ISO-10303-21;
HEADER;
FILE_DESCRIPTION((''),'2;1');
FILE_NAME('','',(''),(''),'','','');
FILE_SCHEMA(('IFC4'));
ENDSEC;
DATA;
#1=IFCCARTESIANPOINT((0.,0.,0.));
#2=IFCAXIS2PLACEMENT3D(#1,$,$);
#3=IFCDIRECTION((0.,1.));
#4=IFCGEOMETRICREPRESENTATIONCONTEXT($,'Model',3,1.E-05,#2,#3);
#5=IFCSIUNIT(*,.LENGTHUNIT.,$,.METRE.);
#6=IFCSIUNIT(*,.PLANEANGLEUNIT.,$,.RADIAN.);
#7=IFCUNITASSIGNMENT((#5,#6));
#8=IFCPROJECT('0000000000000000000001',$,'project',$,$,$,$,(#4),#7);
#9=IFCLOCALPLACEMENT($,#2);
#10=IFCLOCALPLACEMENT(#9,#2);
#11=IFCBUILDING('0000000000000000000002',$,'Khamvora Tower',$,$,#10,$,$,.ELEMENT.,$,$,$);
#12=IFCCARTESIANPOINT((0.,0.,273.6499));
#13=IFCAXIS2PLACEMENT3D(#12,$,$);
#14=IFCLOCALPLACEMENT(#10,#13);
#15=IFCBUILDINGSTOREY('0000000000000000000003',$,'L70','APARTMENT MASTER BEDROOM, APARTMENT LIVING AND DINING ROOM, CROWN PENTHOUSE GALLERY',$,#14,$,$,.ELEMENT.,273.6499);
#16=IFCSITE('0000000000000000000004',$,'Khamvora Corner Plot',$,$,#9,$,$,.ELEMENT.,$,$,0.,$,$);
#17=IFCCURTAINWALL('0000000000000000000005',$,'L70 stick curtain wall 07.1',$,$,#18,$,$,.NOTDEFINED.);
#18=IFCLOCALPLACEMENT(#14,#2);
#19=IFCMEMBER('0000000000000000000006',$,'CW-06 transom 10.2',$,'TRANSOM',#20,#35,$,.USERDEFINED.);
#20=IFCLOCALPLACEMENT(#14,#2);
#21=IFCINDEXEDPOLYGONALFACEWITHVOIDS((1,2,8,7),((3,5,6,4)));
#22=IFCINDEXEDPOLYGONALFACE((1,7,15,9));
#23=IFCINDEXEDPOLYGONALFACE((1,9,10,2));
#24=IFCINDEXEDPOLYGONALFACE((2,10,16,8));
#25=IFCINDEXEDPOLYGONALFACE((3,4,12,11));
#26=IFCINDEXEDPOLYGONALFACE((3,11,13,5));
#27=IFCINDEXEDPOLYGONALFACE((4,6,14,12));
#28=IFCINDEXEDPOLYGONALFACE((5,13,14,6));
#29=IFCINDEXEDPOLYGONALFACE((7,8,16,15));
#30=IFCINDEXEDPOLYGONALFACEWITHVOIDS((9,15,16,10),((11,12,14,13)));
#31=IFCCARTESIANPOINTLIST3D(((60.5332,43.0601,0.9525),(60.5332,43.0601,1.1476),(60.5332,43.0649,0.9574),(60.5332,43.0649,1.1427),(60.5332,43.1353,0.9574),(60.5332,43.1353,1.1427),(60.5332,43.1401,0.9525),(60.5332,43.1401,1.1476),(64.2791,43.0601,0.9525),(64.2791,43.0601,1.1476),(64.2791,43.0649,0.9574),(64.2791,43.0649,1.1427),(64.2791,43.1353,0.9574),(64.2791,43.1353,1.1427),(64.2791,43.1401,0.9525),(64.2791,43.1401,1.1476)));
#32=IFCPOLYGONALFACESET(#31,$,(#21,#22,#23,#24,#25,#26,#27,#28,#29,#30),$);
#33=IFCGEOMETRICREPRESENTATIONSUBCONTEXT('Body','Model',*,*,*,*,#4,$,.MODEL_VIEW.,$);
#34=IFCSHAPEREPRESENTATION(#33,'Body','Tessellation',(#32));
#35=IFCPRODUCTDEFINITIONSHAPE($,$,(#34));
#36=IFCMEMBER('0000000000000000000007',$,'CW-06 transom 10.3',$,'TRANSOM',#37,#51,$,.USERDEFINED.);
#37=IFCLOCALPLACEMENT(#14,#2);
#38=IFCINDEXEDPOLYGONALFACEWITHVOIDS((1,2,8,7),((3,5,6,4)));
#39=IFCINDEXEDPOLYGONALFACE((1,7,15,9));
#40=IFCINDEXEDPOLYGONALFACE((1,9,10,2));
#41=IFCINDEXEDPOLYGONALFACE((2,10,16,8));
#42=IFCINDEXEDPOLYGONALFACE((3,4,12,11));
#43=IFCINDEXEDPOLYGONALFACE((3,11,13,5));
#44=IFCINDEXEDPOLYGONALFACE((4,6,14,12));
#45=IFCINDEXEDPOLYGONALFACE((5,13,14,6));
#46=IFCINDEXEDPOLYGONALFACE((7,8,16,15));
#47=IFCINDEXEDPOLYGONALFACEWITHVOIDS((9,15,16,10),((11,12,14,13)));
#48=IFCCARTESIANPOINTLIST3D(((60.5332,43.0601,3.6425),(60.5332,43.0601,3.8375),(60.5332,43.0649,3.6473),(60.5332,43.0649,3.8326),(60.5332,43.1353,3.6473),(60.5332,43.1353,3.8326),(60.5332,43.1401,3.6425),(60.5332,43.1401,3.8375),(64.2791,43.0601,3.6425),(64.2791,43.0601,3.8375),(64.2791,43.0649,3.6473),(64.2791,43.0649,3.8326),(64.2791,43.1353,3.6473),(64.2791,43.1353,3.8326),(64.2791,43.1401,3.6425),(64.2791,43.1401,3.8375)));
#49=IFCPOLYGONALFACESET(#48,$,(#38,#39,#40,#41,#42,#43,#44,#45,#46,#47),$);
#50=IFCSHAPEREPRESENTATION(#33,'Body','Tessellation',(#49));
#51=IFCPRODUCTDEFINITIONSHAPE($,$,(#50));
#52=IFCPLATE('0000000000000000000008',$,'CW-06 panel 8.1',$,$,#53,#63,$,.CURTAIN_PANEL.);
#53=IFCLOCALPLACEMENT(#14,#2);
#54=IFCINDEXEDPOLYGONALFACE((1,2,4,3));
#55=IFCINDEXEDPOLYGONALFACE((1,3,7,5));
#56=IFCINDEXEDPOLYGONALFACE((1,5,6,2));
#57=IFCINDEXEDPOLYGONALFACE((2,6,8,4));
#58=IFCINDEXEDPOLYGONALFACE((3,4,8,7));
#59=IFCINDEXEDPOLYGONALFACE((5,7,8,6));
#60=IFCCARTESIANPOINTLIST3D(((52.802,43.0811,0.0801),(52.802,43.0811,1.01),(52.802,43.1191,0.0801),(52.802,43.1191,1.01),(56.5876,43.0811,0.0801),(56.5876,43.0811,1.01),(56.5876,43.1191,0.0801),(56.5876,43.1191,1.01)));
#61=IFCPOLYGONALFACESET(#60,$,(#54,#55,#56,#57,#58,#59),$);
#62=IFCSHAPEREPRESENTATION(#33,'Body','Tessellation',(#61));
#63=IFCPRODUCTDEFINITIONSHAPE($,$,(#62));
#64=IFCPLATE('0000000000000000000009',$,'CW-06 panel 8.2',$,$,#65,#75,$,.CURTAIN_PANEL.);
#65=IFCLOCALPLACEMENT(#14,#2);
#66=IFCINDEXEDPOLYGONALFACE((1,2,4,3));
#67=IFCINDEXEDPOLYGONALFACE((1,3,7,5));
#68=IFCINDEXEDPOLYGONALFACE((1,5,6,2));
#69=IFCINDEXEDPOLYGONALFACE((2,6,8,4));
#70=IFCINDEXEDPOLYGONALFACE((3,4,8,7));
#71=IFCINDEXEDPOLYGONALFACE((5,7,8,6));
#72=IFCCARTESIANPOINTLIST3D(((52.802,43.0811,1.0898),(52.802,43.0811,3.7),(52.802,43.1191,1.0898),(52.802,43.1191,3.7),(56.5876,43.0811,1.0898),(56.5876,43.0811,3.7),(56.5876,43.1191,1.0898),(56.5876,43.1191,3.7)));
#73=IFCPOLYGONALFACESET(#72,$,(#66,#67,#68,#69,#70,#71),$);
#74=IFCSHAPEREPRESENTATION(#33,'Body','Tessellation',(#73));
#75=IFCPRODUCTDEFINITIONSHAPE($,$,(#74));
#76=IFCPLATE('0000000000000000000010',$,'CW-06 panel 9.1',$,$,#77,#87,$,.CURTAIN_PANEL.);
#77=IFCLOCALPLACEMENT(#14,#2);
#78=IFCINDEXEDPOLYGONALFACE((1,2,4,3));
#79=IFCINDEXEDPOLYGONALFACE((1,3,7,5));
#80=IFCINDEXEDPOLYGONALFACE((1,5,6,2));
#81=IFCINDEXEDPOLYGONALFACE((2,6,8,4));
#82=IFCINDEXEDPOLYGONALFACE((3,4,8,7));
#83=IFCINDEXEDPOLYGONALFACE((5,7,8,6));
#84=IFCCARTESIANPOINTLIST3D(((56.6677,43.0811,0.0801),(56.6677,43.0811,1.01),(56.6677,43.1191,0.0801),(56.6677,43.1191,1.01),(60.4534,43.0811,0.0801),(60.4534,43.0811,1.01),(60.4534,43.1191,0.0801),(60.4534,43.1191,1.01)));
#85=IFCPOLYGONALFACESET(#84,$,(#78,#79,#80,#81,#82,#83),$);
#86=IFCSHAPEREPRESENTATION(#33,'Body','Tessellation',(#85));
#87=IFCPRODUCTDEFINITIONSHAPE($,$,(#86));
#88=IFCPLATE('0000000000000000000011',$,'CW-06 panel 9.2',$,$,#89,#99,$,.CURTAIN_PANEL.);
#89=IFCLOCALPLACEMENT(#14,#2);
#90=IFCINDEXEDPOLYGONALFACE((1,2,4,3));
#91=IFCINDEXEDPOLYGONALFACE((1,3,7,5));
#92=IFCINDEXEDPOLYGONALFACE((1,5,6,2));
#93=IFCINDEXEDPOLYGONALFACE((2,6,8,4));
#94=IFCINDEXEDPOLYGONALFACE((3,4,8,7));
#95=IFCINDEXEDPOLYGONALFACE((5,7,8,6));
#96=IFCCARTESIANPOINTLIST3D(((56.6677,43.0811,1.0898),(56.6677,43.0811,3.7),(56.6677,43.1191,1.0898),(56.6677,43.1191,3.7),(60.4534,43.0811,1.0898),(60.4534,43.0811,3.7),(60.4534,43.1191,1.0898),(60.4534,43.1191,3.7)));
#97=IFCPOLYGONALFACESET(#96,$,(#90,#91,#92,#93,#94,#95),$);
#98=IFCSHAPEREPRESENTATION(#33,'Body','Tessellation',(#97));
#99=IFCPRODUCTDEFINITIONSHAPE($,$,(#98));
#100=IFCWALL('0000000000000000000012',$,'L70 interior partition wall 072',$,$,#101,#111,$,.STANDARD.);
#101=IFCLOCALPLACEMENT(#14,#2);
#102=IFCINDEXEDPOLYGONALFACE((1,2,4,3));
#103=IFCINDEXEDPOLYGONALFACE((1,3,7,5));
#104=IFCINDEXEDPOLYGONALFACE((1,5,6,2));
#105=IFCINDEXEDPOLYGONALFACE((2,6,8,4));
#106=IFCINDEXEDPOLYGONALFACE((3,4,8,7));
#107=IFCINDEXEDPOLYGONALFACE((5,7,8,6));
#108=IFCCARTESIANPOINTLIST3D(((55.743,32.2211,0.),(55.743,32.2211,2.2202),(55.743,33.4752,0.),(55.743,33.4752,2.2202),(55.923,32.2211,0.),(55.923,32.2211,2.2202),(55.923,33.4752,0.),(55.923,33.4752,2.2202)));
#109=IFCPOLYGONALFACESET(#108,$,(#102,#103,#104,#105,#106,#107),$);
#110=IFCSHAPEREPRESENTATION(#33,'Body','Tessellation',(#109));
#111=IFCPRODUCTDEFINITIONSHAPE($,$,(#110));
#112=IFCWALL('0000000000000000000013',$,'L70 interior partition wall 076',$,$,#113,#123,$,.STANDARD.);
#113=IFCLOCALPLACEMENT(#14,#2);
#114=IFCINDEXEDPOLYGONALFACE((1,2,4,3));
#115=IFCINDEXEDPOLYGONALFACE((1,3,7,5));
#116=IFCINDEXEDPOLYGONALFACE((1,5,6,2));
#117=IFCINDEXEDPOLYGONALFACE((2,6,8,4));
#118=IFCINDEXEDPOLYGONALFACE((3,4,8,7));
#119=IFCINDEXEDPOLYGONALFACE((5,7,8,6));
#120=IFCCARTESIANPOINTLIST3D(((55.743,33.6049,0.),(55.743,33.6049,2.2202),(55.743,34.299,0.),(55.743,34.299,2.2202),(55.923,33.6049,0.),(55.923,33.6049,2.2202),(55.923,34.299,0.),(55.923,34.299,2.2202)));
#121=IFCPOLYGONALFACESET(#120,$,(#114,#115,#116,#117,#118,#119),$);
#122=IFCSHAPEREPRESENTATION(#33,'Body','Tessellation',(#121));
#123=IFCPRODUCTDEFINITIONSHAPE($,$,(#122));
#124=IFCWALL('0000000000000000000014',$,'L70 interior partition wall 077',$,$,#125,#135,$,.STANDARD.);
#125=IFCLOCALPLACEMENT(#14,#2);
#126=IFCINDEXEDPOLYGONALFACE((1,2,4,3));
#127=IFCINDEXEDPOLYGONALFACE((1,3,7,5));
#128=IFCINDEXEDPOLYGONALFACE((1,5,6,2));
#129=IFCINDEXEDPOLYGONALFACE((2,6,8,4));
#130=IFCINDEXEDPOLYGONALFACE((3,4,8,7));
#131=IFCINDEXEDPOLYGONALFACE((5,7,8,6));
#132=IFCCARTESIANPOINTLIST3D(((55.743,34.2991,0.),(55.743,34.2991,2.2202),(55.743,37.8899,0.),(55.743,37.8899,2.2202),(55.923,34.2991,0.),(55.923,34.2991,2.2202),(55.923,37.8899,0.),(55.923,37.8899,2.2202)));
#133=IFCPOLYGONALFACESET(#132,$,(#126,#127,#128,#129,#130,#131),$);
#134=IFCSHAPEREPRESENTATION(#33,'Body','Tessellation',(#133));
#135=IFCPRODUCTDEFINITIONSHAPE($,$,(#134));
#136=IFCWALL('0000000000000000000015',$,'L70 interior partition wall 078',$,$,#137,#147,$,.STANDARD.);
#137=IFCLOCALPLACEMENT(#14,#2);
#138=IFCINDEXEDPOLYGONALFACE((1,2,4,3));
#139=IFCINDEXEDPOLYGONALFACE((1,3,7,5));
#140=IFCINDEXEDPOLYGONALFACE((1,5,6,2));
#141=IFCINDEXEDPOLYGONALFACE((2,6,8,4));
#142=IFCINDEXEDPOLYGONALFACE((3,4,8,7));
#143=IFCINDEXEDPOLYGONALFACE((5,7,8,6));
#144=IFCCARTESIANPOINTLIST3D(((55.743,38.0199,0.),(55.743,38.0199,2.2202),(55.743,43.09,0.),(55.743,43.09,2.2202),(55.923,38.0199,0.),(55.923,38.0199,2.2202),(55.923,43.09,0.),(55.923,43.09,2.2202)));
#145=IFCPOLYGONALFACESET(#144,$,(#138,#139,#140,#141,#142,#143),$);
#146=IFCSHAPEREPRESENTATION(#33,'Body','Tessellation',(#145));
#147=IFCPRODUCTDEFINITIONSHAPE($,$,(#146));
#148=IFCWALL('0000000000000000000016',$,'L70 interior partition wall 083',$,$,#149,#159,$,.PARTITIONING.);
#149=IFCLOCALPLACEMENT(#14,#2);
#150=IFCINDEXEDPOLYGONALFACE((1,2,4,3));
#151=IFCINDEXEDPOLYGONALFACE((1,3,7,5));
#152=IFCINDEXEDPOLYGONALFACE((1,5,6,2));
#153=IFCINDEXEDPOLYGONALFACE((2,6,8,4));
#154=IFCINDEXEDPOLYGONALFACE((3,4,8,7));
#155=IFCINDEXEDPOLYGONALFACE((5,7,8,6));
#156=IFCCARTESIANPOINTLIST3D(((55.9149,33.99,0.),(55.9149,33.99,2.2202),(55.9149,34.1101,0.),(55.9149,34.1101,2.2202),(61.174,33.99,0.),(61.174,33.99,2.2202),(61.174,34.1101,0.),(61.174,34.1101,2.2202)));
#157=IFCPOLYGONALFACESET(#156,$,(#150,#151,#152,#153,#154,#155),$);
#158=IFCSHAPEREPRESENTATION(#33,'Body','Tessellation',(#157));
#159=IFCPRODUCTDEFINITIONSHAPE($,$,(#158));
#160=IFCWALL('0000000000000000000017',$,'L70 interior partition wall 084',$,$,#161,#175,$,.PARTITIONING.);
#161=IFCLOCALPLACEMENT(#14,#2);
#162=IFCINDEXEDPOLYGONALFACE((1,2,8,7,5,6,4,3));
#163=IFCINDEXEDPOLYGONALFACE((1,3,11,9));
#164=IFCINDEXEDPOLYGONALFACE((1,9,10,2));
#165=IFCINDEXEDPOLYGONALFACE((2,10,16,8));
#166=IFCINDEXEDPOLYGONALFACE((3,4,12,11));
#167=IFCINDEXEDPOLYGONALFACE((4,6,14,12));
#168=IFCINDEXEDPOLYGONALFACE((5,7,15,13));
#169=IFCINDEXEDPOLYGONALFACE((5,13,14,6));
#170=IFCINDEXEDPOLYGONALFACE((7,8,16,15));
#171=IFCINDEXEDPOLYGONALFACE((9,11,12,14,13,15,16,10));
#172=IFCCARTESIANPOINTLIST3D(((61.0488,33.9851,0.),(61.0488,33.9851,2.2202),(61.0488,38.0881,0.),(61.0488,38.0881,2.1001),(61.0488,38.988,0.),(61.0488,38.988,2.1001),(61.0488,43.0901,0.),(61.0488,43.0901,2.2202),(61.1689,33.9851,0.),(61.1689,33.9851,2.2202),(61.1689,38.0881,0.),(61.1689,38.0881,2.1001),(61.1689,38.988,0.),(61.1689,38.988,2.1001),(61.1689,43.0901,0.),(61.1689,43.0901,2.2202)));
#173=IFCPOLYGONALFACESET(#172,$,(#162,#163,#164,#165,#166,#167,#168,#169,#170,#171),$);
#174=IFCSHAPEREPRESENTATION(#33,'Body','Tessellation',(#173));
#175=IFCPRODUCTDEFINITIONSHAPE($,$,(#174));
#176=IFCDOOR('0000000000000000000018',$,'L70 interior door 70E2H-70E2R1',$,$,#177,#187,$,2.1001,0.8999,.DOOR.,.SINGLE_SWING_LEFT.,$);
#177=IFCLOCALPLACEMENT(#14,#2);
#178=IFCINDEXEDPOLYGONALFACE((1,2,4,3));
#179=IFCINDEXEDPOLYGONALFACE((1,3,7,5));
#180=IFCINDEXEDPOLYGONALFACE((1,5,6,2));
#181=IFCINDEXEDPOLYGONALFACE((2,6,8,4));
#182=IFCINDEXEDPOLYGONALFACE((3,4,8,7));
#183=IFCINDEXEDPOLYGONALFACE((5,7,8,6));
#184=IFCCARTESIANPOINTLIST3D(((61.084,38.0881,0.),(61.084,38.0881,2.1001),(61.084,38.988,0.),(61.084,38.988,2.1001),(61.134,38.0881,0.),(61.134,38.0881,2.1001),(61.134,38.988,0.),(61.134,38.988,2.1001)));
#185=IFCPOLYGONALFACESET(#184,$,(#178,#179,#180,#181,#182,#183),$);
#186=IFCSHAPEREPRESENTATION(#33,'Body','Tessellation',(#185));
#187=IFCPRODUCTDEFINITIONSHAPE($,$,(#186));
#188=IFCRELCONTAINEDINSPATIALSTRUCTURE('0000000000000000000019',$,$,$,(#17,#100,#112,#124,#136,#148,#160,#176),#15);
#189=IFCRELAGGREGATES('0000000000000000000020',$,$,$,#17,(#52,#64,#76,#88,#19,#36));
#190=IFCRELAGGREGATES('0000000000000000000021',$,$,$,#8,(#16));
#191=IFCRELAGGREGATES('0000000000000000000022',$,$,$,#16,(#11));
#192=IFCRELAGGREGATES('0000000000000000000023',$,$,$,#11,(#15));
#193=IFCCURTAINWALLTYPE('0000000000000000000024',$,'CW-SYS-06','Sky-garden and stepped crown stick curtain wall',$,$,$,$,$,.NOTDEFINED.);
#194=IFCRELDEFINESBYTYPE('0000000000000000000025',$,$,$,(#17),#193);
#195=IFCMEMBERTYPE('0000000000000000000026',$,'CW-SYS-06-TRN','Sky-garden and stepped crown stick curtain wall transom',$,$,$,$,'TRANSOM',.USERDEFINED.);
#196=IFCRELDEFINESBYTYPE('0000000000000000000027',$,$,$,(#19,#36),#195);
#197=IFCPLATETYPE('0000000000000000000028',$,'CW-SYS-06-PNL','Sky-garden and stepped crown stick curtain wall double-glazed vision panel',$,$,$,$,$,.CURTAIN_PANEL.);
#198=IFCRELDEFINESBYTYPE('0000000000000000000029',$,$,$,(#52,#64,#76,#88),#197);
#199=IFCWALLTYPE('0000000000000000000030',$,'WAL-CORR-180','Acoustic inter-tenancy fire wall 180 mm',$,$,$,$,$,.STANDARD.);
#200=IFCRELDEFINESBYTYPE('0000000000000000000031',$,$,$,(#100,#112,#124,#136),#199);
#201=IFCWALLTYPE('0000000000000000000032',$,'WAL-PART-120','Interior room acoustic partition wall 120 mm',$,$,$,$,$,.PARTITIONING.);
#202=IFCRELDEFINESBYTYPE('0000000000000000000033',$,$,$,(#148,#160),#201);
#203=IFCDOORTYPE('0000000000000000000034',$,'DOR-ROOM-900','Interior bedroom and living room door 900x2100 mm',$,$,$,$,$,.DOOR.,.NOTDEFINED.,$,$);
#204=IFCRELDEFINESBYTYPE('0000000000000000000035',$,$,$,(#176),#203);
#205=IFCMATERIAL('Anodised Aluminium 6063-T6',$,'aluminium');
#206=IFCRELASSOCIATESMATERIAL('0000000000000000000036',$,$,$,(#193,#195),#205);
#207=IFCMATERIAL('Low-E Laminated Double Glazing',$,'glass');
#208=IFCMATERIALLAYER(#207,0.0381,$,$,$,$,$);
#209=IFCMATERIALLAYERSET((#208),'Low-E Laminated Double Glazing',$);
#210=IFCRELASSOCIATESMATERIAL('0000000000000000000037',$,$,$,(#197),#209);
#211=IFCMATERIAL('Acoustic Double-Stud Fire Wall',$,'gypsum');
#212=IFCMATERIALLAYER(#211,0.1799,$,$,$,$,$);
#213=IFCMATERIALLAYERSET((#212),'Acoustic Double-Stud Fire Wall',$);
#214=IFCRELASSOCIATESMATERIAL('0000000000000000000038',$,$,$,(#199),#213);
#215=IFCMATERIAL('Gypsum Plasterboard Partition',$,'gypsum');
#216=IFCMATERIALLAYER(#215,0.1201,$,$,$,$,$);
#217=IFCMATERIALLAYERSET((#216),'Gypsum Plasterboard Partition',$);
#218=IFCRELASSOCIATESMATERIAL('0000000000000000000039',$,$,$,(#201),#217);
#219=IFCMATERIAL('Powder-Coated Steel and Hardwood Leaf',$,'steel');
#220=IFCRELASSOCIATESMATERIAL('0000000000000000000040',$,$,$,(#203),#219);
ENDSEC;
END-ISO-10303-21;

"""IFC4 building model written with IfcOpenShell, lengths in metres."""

from ifc_helpers import new_model, si_unit, direction, frame, frame_2d, origin, origin_2d, place, context, subcontext, project, spatial, rectangle, hollow_rectangle, extrude, material, layer, layer_set, material_profile, profile_set, type_object, element, fill, aggregate, save


model = new_model("IFC4")

# Units and contexts
model_context = context("Model", 3, precision=1e-05, world=origin(), true_north=direction((0.0, 1.0)))
body_context = subcontext(model_context, "Body", "Model", "MODEL_VIEW")
ifc_project = project(units=[si_unit("LENGTHUNIT", "METRE"), si_unit("PLANEANGLEUNIT", "RADIAN")], contexts=[model_context])

# Site, building, storey
site_placement = place(None, origin())
site = spatial("IfcSite", under=ifc_project, at=site_placement, Name="Khamvora Corner Plot", CompositionType="ELEMENT", RefElevation=0.0)
building_placement = place(site_placement, origin())
building = spatial("IfcBuilding", under=site, at=building_placement, Name="Khamvora Tower", CompositionType="ELEMENT")
storey_placement = place(building_placement, frame((0.0, 0.0, 273.6499)))
storey = spatial("IfcBuildingStorey", under=building, at=storey_placement, Name="L70", Description="APARTMENT MASTER BEDROOM, APARTMENT LIVING AND DINING ROOM, CROWN PENTHOUSE GALLERY", CompositionType="ELEMENT", Elevation=273.6499)

# Curtain wall, members, plates
ifc_material_1 = material(Name="Anodised Aluminium 6063-T6", Category="aluminium")
curtain_wall_type = type_object("IfcCurtainWallType", Name="CW-SYS-06", Description="Sky-garden and stepped crown stick curtain wall", PredefinedType="NOTDEFINED", material=ifc_material_1)
curtain_wall_placement = place(storey_placement, origin())
curtain_wall = element("IfcCurtainWall", 1, at=curtain_wall_placement, inside=storey, type_object=curtain_wall_type, Name="L70 stick curtain wall 07.1", PredefinedType="NOTDEFINED")
ifc_material_profile_1 = material_profile(ifc_material_1, hollow_rectangle(XDim=0.0801, YDim=0.1951, WallThickness=0.0049, at=origin_2d()), Name="TRN80x195x5")
ifc_profile_set_1 = profile_set([ifc_material_profile_1], Name="Anodised Aluminium 6063-T6")
member_type_1 = type_object("IfcMemberType", Name="CW-SYS-06-TRN", Description="Sky-garden and stepped crown stick curtain wall transom", ElementType="TRANSOM", PredefinedType="USERDEFINED", material=ifc_profile_set_1)
member_1_placement = place(storey_placement, frame((60.5332, 43.1001, 1.05), z_axis=(1.0, 0.0, 0.0), x_axis=(0.0, 1.0, 0.0)))
member_1 = element("IfcMember", 2, at=member_1_placement, type_object=member_type_1, Name="CW-06 transom 10.2", ObjectType="TRANSOM", PredefinedType="USERDEFINED", context=body_context, shape_type="SweptSolid", body=[
    extrude(hollow_rectangle(XDim=0.0801, YDim=0.1951, WallThickness=0.0049, at=origin_2d()), origin(), (0.0, 0.0, 1.0), 3.7458),
])
member_2_placement = place(storey_placement, frame((60.5332, 43.1001, 3.74), z_axis=(1.0, 0.0, 0.0), x_axis=(0.0, 1.0, 0.0)))
member_2 = element("IfcMember", 3, at=member_2_placement, type_object=member_type_1, Name="CW-06 transom 10.3", ObjectType="TRANSOM", PredefinedType="USERDEFINED", context=body_context, shape_type="SweptSolid", body=[
    extrude(hollow_rectangle(XDim=0.0801, YDim=0.1951, WallThickness=0.0049, at=origin_2d()), origin(), (0.0, 0.0, 1.0), 3.7458),
])
ifc_material_2 = material(Name="Low-E Laminated Double Glazing", Category="glass")
ifc_layer_1 = layer(ifc_material_2, 0.0381)
ifc_layer_set_1 = layer_set([ifc_layer_1], Name="Low-E Laminated Double Glazing")
plate_type = type_object("IfcPlateType", Name="CW-SYS-06-PNL", Description="Sky-garden and stepped crown stick curtain wall double-glazed vision panel", PredefinedType="CURTAIN_PANEL", material=ifc_layer_set_1)
plate_1_placement = place(storey_placement, frame((54.6948, 43.1001, 0.0801), z_axis=(0.0, 0.0, 1.0), x_axis=(1.0, 0.0, 0.0)))
plate_1 = element("IfcPlate", 4, at=plate_1_placement, type_object=plate_type, Name="CW-06 panel 8.1", PredefinedType="CURTAIN_PANEL", context=body_context, shape_type="SweptSolid", body=[
    extrude(rectangle(XDim=3.7856, YDim=0.0381, at=origin_2d()), origin(), (0.0, 0.0, 1.0), 0.9299),
])
plate_2_placement = place(storey_placement, frame((54.6948, 43.1001, 1.0898), z_axis=(0.0, 0.0, 1.0), x_axis=(1.0, 0.0, 0.0)))
plate_2 = element("IfcPlate", 5, at=plate_2_placement, type_object=plate_type, Name="CW-06 panel 8.2", PredefinedType="CURTAIN_PANEL", context=body_context, shape_type="SweptSolid", body=[
    extrude(rectangle(XDim=3.7856, YDim=0.0381, at=origin_2d()), origin(), (0.0, 0.0, 1.0), 2.6101),
])
plate_3_placement = place(storey_placement, frame((58.5605, 43.1001, 0.0801), z_axis=(0.0, 0.0, 1.0), x_axis=(1.0, 0.0, 0.0)))
plate_3 = element("IfcPlate", 6, at=plate_3_placement, type_object=plate_type, Name="CW-06 panel 9.1", PredefinedType="CURTAIN_PANEL", context=body_context, shape_type="SweptSolid", body=[
    extrude(rectangle(XDim=3.7856, YDim=0.0381, at=origin_2d()), origin(), (0.0, 0.0, 1.0), 0.9299),
])
plate_4_placement = place(storey_placement, frame((58.5605, 43.1001, 1.0898), z_axis=(0.0, 0.0, 1.0), x_axis=(1.0, 0.0, 0.0)))
plate_4 = element("IfcPlate", 7, at=plate_4_placement, type_object=plate_type, Name="CW-06 panel 9.2", PredefinedType="CURTAIN_PANEL", context=body_context, shape_type="SweptSolid", body=[
    extrude(rectangle(XDim=3.7856, YDim=0.0381, at=origin_2d()), origin(), (0.0, 0.0, 1.0), 2.6101),
])
aggregate(curtain_wall, [plate_1, plate_2, plate_3, plate_4, member_1, member_2])

# Walls
ifc_material_3 = material(Name="Acoustic Double-Stud Fire Wall", Category="gypsum")
ifc_layer_2 = layer(ifc_material_3, 0.1799)
ifc_layer_set_2 = layer_set([ifc_layer_2], Name="Acoustic Double-Stud Fire Wall")
wall_type_1 = type_object("IfcWallType", Name="WAL-CORR-180", Description="Acoustic inter-tenancy fire wall 180 mm", PredefinedType="STANDARD", material=ifc_layer_set_2)
wall_1_placement = place(storey_placement, frame((55.833, 33.4751, 0.0), z_axis=(0.0, 0.0, 1.0), x_axis=(0.0, -1.0, 0.0)))
element("IfcWall", 8, at=wall_1_placement, inside=storey, type_object=wall_type_1, Name="L70 interior partition wall 072", PredefinedType="STANDARD", context=body_context, shape_type="SweptSolid", body=[
    extrude(rectangle(XDim=1.2542, YDim=0.1799, at=frame_2d((0.627, 0.0))), origin(), (0.0, 0.0, 1.0), 2.2202),
])
wall_2_placement = place(storey_placement, frame((55.833, 34.2991, 0.0), z_axis=(0.0, 0.0, 1.0), x_axis=(0.0, -1.0, 0.0)))
element("IfcWall", 9, at=wall_2_placement, inside=storey, type_object=wall_type_1, Name="L70 interior partition wall 076", PredefinedType="STANDARD", context=body_context, shape_type="SweptSolid", body=[
    extrude(rectangle(XDim=0.6941, YDim=0.1799, at=frame_2d((0.3472, 0.0))), origin(), (0.0, 0.0, 1.0), 2.2202),
])
wall_3_placement = place(storey_placement, frame((55.833, 37.8899, 0.0), z_axis=(0.0, 0.0, 1.0), x_axis=(0.0, -1.0, 0.0)))
element("IfcWall", 10, at=wall_3_placement, inside=storey, type_object=wall_type_1, Name="L70 interior partition wall 077", PredefinedType="STANDARD", context=body_context, shape_type="SweptSolid", body=[
    extrude(rectangle(XDim=3.5908, YDim=0.1799, at=frame_2d((1.7954, 0.0))), origin(), (0.0, 0.0, 1.0), 2.2202),
])
wall_4_placement = place(storey_placement, frame((55.833, 43.0901, 0.0), z_axis=(0.0, 0.0, 1.0), x_axis=(0.0, -1.0, 0.0)))
element("IfcWall", 11, at=wall_4_placement, inside=storey, type_object=wall_type_1, Name="L70 interior partition wall 078", PredefinedType="STANDARD", context=body_context, shape_type="SweptSolid", body=[
    extrude(rectangle(XDim=5.0701, YDim=0.1799, at=frame_2d((2.5352, 0.0))), origin(), (0.0, 0.0, 1.0), 2.2202),
])
ifc_material_4 = material(Name="Gypsum Plasterboard Partition", Category="gypsum")
ifc_layer_3 = layer(ifc_material_4, 0.1201)
ifc_layer_set_3 = layer_set([ifc_layer_3], Name="Gypsum Plasterboard Partition")
wall_type_2 = type_object("IfcWallType", Name="WAL-PART-120", Description="Interior room acoustic partition wall 120 mm", PredefinedType="PARTITIONING", material=ifc_layer_set_3)
wall_5_placement = place(storey_placement, frame((55.915, 34.05, 0.0), z_axis=(0.0, 0.0, 1.0), x_axis=(1.0, 0.0, 0.0)))
element("IfcWall", 12, at=wall_5_placement, inside=storey, type_object=wall_type_2, Name="L70 interior partition wall 083", PredefinedType="PARTITIONING", context=body_context, shape_type="SweptSolid", body=[
    extrude(rectangle(XDim=5.259, YDim=0.1201, at=frame_2d((2.6294, 0.0))), origin(), (0.0, 0.0, 1.0), 2.2202),
])

# Wall, opening, door
wall_6_placement = place(storey_placement, frame((61.1089, 33.9851, 0.0), z_axis=(0.0, 0.0, 1.0), x_axis=(0.0, 1.0, 0.0)))
wall_6 = element("IfcWall", 13, at=wall_6_placement, inside=storey, type_object=wall_type_2, Name="L70 interior partition wall 084", PredefinedType="PARTITIONING", context=body_context, shape_type="SweptSolid", body=[
    extrude(rectangle(XDim=9.105, YDim=0.1201, at=frame_2d((4.5525, 0.0))), origin(), (0.0, 0.0, 1.0), 2.2202),
])
opening_placement = place(wall_6_placement, frame((4.103, 0.0, 0.0)))
opening = element("IfcOpeningElement", 14, at=opening_placement, cuts=wall_6, PredefinedType="OPENING", context=body_context, shape_type="SweptSolid", body=[
    extrude(rectangle(XDim=0.8999, YDim=2.1001, at=frame_2d((0.45, 1.05))), frame((0.0, 0.0701, 0.0), z_axis=(0.0, -1.0, 0.0), x_axis=(1.0, 0.0, 0.0)), (0.0, 0.0, 1.0), 0.1401),
])
ifc_material_5 = material(Name="Powder-Coated Steel and Hardwood Leaf", Category="steel")
door_type = type_object("IfcDoorType", Name="DOR-ROOM-900", Description="Interior bedroom and living room door 900x2100 mm", OperationType="NOTDEFINED", PredefinedType="DOOR", material=ifc_material_5)
door_placement = place(opening_placement, origin())
door = element("IfcDoor", 15, at=door_placement, inside=storey, type_object=door_type, Name="L70 interior door 70E2H-70E2R1", OperationType="SINGLE_SWING_LEFT", OverallHeight=2.1001, OverallWidth=0.8999, PredefinedType="DOOR", context=body_context, shape_type="SweptSolid", body=[
    extrude(rectangle(XDim=0.8999, YDim=2.1001, at=frame_2d((0.45, 1.05))), frame((0.0, 0.0249, 0.0), z_axis=(0.0, -1.0, 0.0), x_axis=(1.0, 0.0, 0.0)), (0.0, 0.0, 1.0), 0.05),
])
fill(opening, door)

save(model, "model.ifc")
